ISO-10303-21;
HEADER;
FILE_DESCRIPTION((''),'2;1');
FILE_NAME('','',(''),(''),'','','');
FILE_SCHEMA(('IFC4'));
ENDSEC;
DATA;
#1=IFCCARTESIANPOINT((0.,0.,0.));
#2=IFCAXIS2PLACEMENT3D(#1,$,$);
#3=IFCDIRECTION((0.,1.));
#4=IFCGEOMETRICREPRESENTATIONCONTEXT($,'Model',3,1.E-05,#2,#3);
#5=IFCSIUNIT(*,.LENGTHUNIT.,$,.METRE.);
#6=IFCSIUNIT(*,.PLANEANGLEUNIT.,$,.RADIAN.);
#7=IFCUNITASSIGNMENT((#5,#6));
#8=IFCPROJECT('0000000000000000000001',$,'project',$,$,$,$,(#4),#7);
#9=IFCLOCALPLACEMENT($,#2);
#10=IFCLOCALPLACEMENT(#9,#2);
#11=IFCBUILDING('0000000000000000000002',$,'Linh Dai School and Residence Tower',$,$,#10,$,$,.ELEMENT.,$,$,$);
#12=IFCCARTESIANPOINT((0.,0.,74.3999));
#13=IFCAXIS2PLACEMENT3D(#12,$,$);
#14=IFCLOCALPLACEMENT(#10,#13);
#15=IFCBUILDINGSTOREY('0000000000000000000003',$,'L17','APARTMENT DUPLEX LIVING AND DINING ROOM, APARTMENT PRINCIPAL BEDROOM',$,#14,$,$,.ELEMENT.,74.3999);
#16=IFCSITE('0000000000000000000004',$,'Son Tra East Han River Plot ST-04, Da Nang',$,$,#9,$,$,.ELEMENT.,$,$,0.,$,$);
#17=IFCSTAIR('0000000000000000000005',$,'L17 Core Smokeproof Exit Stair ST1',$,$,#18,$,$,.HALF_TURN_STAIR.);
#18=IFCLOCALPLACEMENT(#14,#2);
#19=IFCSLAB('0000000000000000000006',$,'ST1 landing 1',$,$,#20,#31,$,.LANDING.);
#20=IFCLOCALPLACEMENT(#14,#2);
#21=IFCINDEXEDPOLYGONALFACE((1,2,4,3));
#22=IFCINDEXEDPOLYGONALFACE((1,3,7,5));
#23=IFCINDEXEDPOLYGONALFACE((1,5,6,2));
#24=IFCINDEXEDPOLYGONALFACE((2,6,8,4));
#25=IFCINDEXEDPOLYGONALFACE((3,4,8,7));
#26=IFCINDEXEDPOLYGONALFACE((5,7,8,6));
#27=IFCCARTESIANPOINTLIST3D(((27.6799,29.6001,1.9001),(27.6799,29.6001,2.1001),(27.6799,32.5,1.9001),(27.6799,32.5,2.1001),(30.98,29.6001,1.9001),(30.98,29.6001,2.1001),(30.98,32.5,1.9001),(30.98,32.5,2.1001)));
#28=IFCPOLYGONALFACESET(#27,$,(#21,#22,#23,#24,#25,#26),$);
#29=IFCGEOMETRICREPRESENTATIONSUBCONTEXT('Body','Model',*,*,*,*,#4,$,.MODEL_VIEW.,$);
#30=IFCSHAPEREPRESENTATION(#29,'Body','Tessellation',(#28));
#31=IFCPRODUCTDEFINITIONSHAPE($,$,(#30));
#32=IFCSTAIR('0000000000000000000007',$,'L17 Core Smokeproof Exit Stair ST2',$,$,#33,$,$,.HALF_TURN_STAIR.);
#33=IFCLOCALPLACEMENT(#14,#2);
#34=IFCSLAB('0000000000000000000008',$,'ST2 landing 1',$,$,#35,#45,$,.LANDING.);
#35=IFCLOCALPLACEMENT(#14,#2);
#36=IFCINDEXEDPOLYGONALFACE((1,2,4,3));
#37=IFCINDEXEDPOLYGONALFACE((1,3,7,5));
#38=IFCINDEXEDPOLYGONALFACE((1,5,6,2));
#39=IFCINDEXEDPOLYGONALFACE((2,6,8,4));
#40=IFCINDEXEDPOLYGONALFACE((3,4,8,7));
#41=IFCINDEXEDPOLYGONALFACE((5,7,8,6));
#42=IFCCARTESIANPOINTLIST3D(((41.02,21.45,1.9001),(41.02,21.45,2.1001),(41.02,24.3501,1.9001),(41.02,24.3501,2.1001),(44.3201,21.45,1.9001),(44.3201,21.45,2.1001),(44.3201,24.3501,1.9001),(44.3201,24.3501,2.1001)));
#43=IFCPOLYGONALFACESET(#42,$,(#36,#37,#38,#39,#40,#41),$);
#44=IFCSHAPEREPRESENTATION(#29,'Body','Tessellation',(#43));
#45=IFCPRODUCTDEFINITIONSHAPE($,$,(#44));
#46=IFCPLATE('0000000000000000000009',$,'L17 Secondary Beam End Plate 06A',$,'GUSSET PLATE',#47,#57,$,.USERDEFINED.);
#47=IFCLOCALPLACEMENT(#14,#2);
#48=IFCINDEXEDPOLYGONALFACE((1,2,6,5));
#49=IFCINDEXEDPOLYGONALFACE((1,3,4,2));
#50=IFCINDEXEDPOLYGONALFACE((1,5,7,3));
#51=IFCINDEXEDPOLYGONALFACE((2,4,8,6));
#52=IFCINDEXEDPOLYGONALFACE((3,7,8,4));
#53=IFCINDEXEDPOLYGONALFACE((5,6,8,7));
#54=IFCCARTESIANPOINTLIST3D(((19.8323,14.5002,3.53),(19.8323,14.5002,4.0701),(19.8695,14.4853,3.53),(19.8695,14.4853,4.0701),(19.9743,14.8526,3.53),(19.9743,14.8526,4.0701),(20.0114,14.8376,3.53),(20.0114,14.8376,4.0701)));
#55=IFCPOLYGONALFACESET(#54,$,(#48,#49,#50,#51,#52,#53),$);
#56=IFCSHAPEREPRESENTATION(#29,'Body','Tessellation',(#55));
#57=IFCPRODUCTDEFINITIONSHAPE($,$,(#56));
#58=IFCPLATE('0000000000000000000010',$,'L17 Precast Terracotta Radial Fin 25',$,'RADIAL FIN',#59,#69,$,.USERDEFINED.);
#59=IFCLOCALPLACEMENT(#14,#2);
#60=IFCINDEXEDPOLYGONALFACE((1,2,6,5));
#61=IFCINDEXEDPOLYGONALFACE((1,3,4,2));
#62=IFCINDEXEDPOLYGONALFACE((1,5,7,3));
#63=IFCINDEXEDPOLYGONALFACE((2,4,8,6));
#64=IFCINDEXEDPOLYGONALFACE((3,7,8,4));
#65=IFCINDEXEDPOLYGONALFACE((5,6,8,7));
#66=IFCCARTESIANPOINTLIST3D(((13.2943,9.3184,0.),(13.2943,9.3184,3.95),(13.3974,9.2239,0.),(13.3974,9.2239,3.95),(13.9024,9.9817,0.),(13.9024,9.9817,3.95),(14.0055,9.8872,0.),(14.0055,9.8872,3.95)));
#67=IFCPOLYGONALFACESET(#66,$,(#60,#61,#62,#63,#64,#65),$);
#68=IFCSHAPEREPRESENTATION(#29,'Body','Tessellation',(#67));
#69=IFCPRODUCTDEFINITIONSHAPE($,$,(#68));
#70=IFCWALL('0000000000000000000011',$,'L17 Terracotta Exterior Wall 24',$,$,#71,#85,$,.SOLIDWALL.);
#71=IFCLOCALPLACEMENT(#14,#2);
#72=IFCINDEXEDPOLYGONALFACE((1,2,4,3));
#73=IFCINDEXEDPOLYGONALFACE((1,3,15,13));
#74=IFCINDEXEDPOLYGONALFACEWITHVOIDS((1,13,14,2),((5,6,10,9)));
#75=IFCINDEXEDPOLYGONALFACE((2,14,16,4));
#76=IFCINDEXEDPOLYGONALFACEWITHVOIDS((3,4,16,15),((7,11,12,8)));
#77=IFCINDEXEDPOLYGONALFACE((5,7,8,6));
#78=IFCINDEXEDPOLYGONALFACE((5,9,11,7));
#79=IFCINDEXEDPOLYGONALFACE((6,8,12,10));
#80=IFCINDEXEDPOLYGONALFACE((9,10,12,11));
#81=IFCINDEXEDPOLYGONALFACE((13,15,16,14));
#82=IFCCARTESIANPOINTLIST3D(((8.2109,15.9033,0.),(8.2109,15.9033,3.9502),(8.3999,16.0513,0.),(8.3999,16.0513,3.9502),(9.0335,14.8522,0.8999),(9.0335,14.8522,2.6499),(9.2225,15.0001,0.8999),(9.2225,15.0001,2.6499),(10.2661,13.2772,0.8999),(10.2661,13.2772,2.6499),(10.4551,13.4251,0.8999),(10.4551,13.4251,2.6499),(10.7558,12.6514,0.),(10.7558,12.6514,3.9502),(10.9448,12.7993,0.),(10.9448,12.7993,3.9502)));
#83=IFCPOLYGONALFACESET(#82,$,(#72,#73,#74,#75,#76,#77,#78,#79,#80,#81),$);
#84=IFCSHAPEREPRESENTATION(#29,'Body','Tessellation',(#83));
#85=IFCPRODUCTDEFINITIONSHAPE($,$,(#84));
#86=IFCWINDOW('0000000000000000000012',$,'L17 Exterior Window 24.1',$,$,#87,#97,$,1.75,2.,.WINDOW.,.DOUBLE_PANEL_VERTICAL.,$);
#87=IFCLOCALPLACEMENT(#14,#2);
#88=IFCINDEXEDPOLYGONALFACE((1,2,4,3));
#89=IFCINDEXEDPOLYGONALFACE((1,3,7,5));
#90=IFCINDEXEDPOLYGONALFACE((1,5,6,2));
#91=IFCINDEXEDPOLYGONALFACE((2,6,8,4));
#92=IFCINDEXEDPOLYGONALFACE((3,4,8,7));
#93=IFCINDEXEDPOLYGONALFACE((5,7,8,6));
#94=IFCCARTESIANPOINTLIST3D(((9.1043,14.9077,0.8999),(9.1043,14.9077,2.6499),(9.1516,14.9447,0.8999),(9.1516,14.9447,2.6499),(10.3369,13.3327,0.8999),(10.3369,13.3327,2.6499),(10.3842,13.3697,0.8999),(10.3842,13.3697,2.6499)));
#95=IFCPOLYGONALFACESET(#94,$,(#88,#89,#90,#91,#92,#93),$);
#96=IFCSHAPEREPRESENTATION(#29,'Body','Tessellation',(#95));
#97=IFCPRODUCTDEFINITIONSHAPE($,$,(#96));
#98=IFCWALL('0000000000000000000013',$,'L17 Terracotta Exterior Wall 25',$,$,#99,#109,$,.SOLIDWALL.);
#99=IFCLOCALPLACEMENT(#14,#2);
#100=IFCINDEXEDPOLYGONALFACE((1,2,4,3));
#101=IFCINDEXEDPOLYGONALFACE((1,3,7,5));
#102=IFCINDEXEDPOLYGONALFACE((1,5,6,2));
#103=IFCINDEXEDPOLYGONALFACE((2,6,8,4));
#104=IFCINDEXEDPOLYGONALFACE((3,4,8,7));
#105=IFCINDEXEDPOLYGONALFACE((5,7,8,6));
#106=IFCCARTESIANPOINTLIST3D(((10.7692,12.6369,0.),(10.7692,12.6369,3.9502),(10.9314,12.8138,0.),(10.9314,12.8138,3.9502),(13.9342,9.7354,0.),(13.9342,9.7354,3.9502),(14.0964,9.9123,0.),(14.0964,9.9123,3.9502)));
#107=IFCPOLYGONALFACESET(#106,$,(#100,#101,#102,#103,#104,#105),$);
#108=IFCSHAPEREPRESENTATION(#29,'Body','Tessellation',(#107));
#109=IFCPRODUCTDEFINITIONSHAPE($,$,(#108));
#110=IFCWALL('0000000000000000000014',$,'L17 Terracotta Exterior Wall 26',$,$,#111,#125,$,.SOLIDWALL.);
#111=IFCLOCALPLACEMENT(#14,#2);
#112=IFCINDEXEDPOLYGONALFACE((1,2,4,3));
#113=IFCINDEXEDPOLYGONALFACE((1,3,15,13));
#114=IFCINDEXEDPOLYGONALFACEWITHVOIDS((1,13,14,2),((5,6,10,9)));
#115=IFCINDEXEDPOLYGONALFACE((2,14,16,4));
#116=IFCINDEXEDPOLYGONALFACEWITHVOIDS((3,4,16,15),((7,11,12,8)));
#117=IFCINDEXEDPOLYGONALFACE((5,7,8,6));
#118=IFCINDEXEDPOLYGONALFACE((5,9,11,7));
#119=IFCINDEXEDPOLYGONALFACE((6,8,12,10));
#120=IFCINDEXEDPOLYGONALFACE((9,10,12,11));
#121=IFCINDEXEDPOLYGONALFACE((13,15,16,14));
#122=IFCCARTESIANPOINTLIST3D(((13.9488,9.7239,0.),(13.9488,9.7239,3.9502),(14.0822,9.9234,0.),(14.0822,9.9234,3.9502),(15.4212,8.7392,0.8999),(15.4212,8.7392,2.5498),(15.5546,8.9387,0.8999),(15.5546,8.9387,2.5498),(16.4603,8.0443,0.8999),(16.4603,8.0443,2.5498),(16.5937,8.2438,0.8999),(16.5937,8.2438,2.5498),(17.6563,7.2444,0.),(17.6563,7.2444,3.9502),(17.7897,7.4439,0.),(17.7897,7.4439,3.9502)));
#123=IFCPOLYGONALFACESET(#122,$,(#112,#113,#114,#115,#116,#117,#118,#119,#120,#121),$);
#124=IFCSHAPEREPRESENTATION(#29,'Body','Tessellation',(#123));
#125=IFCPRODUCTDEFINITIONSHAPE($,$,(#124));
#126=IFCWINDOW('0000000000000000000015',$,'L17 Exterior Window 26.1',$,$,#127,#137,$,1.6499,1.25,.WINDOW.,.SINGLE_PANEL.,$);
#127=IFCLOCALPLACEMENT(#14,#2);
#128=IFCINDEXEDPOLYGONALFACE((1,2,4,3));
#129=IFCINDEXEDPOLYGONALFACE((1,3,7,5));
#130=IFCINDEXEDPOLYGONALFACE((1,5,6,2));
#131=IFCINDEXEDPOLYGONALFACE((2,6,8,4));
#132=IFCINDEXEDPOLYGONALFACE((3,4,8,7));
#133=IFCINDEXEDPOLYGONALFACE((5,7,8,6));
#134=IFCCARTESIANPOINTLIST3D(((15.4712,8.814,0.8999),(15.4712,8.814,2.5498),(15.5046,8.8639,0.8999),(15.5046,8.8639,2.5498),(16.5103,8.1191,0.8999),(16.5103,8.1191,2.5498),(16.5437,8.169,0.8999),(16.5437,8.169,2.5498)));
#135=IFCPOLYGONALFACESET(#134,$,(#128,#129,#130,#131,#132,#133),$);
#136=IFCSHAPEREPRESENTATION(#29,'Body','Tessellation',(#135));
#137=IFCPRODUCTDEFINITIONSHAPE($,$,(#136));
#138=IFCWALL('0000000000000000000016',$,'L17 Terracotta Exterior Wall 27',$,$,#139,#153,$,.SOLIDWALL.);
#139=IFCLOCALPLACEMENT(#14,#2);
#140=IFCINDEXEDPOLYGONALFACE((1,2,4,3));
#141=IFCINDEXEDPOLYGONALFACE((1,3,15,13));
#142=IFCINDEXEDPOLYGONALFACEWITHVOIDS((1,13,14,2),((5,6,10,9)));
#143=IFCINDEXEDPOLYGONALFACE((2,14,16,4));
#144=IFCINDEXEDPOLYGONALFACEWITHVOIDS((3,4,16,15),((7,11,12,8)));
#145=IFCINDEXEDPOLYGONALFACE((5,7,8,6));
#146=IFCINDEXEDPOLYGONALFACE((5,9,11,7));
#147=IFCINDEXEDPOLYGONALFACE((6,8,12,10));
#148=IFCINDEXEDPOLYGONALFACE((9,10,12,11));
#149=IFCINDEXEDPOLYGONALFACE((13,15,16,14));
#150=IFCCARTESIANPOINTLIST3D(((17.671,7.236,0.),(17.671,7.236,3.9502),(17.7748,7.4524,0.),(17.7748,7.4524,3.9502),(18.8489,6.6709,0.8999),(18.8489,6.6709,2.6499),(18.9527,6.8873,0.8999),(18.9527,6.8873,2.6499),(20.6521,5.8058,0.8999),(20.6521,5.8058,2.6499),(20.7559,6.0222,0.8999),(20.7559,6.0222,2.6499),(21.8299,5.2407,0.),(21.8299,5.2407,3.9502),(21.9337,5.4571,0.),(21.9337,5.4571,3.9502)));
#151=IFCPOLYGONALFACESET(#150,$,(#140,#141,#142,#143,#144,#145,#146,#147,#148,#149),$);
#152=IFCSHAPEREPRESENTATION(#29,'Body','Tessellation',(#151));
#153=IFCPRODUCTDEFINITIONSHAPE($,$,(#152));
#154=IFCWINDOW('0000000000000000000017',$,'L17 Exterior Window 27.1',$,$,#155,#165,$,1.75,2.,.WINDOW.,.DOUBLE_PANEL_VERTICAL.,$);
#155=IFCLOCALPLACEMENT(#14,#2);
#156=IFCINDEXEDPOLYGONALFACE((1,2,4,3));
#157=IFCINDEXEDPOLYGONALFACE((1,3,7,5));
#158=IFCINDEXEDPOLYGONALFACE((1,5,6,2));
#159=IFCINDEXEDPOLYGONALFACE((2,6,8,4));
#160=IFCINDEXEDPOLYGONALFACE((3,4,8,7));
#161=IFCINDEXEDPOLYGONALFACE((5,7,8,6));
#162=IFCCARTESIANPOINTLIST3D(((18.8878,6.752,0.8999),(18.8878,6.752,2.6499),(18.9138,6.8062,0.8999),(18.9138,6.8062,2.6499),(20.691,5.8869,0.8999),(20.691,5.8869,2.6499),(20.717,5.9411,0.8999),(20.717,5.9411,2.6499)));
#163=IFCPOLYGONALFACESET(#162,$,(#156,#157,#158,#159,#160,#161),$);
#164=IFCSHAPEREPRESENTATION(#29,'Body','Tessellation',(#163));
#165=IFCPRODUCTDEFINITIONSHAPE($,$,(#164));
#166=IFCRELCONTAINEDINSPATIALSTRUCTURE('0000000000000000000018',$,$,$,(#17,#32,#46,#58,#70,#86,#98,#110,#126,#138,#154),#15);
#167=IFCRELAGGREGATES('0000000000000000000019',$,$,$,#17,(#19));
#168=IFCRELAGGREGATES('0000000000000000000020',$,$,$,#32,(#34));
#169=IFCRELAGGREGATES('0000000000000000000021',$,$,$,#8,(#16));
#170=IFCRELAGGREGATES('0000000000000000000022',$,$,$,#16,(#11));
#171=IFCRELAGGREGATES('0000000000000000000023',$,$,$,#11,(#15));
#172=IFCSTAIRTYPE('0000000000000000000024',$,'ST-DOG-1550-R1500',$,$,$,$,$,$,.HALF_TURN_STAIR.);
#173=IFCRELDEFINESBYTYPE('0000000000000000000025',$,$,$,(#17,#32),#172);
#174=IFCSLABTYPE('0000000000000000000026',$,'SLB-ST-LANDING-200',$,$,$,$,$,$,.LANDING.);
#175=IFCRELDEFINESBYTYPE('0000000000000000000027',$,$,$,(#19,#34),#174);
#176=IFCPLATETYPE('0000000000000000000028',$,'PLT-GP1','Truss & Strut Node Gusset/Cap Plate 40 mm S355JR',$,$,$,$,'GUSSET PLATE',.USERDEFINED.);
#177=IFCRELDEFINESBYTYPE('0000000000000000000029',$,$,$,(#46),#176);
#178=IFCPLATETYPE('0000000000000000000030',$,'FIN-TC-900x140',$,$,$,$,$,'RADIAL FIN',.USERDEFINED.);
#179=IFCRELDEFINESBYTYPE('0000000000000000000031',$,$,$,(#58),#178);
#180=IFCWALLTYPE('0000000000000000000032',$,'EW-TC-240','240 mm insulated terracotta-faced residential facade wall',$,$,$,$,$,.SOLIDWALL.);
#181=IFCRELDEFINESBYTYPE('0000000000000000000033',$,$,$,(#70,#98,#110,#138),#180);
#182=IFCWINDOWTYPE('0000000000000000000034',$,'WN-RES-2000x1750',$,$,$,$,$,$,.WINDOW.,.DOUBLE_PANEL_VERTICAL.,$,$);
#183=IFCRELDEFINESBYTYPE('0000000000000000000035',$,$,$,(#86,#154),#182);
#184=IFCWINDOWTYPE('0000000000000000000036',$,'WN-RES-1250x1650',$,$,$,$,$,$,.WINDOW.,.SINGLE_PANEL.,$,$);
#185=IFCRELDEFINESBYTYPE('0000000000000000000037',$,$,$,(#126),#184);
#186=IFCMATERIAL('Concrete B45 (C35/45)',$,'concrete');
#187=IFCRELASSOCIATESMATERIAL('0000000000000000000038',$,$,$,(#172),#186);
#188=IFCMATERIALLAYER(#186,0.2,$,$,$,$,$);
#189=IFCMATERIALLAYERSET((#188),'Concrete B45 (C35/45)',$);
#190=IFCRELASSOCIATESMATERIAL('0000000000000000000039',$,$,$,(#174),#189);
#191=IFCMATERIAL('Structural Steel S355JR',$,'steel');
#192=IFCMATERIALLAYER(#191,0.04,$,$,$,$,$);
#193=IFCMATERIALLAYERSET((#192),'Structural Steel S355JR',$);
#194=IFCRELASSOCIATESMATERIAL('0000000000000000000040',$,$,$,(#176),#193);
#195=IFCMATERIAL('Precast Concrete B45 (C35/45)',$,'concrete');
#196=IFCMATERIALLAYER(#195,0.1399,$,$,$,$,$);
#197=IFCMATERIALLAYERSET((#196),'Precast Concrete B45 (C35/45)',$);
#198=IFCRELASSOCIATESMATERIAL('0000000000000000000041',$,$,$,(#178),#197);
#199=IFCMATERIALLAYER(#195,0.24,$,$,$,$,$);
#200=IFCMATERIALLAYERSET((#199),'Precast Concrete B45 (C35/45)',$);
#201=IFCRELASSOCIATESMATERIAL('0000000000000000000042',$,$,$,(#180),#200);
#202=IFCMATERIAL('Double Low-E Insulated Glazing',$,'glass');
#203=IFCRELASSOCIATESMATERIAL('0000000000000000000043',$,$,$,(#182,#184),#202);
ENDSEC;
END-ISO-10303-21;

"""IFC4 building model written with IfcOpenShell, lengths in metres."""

from ifc_helpers import new_model, si_unit, direction, frame, frame_2d, origin, origin_2d, place, context, subcontext, project, spatial, polyline, rectangle, outline, extrude, source, transform, mapped, material, layer, layer_set, type_object, element, fill, aggregate, save


model = new_model("IFC4")

# Units and contexts
model_context = context("Model", 3, precision=1e-05, world=origin(), true_north=direction((0.0, 1.0)))
body_context = subcontext(model_context, "Body", "Model", "MODEL_VIEW")
ifc_project = project(units=[si_unit("LENGTHUNIT", "METRE"), si_unit("PLANEANGLEUNIT", "RADIAN")], contexts=[model_context])

# Site, building, storey
site_placement = place(None, origin())
site = spatial("IfcSite", under=ifc_project, at=site_placement, Name="Son Tra East Han River Plot ST-04, Da Nang", CompositionType="ELEMENT", RefElevation=0.0)
building_placement = place(site_placement, origin())
building = spatial("IfcBuilding", under=site, at=building_placement, Name="Linh Dai School and Residence Tower", CompositionType="ELEMENT")
storey_placement = place(building_placement, frame((0.0, 0.0, 74.3999)))
storey = spatial("IfcBuildingStorey", under=building, at=storey_placement, Name="L17", Description="APARTMENT DUPLEX LIVING AND DINING ROOM, APARTMENT PRINCIPAL BEDROOM", CompositionType="ELEMENT", Elevation=74.3999)

# Shared definitions
ifc_material_1 = material(Name="Structural Steel S355JR", Category="steel")

# Shared definitions
ifc_material_2 = material(Name="Concrete B45 (C35/45)", Category="concrete")

# Stairs, slabs
stair_type = type_object("IfcStairType", Name="ST-DOG-1550-R1500", PredefinedType="HALF_TURN_STAIR", material=ifc_material_2)
stair_1_placement = place(storey_placement, origin())
stair_1 = element("IfcStair", 1, at=stair_1_placement, inside=storey, type_object=stair_type, Name="L17 Core Smokeproof Exit Stair ST1", PredefinedType="HALF_TURN_STAIR")
ifc_layer_1 = layer(ifc_material_2, 0.2)
ifc_layer_set_1 = layer_set([ifc_layer_1], Name="Concrete B45 (C35/45)")
slab_type_1 = type_object("IfcSlabType", Name="SLB-ST-LANDING-200", PredefinedType="LANDING", material=ifc_layer_set_1)
slab_1_placement = place(storey_placement, frame((0.0, 0.0, 1.9001)))
slab_1 = element("IfcSlab", 2, at=slab_1_placement, type_object=slab_type_1, Name="ST1 landing 1", PredefinedType="LANDING", context=body_context, shape_type="SweptSolid", body=[
    extrude(outline(polyline([(30.98, 29.6001), (30.98, 32.5), (27.6799, 32.5), (27.6799, 29.6001), (30.98, 29.6001)])), origin(), (0.0, 0.0, 1.0), 0.2),
])
aggregate(stair_1, [slab_1])
stair_2_placement = place(storey_placement, origin())
stair_2 = element("IfcStair", 3, at=stair_2_placement, inside=storey, type_object=stair_type, Name="L17 Core Smokeproof Exit Stair ST2", PredefinedType="HALF_TURN_STAIR")
slab_2_placement = place(storey_placement, frame((0.0, 0.0, 1.9001)))
slab_2 = element("IfcSlab", 4, at=slab_2_placement, type_object=slab_type_1, Name="ST2 landing 1", PredefinedType="LANDING", context=body_context, shape_type="SweptSolid", body=[
    extrude(outline(polyline([(41.02, 24.3501), (41.02, 21.45), (44.3201, 21.45), (44.3201, 24.3501), (41.02, 24.3501)])), origin(), (0.0, 0.0, 1.0), 0.2),
])
aggregate(stair_2, [slab_2])

# Plates
ifc_layer_2 = layer(ifc_material_1, 0.04)
ifc_layer_set_2 = layer_set([ifc_layer_2], Name="Structural Steel S355JR")
plate_type_1 = type_object("IfcPlateType", Name="PLT-GP1", Description="Truss & Strut Node Gusset/Cap Plate 40 mm S355JR", ElementType="GUSSET PLATE", PredefinedType="USERDEFINED", material=ifc_layer_set_2)
shared_shape_1 = source(origin(), body_context, "Body", "SweptSolid", [
    extrude(rectangle(XDim=0.04, YDim=0.3799, at=origin_2d()), origin(), (0.0, 0.0, 1.0), 0.54),
])
plate_1_placement = place(storey_placement, frame((19.9219, 14.6689, 3.53), z_axis=(0.0, 0.0, 1.0), x_axis=(0.927536, -0.373733, 0.0)))
element("IfcPlate", 5, at=plate_1_placement, inside=storey, type_object=plate_type_1, Name="L17 Secondary Beam End Plate 06A", ObjectType="GUSSET PLATE", PredefinedType="USERDEFINED", context=body_context, shape_type="MappedRepresentation", body=[
    mapped(shared_shape_1, transform((0.0, 0.0, 0.0), x_axis=(1.0, 0.0, 0.0), y_axis=(0.0, 1.0, 0.0), z_axis=(0.0, 0.0, 1.0), scale=1.0)),
])
ifc_material_3 = material(Name="Precast Concrete B45 (C35/45)", Category="concrete")
ifc_layer_3 = layer(ifc_material_3, 0.1399)
ifc_layer_set_3 = layer_set([ifc_layer_3], Name="Precast Concrete B45 (C35/45)")
plate_type_2 = type_object("IfcPlateType", Name="FIN-TC-900x140", ElementType="RADIAL FIN", PredefinedType="USERDEFINED", material=ifc_layer_set_3)
shared_shape_2 = source(origin(), body_context, "Body", "SweptSolid", [
    extrude(rectangle(XDim=0.8999, YDim=0.1399, at=origin_2d()), origin(), (0.0, 0.0, 1.0), 3.95),
])
plate_2_placement = place(storey_placement, frame((13.6499, 9.6028, 0.0), z_axis=(0.0, 0.0, 1.0), x_axis=(-0.675769, -0.737113, 0.0)))
element("IfcPlate", 6, at=plate_2_placement, inside=storey, type_object=plate_type_2, Name="L17 Precast Terracotta Radial Fin 25", ObjectType="RADIAL FIN", PredefinedType="USERDEFINED", context=body_context, shape_type="MappedRepresentation", body=[
    mapped(shared_shape_2, transform((0.0, 0.0, 0.0), x_axis=(1.0, 0.0, 0.0), y_axis=(0.0, 1.0, 0.0), z_axis=(0.0, 0.0, 1.0), scale=1.0)),
])

# Wall, opening, window
ifc_layer_4 = layer(ifc_material_3, 0.24)
ifc_layer_set_4 = layer_set([ifc_layer_4], Name="Precast Concrete B45 (C35/45)")
wall_type_1 = type_object("IfcWallType", Name="EW-TC-240", Description="240 mm insulated terracotta-faced residential facade wall", PredefinedType="SOLIDWALL", material=ifc_layer_set_4)
wall_1_placement = place(storey_placement, frame((10.8503, 12.7253, 0.0), z_axis=(0.0, 0.0, 1.0), x_axis=(-0.616296, 0.787515, 0.0)))
wall_1 = element("IfcWall", 7, at=wall_1_placement, inside=storey, type_object=wall_type_1, Name="L17 Terracotta Exterior Wall 24", PredefinedType="SOLIDWALL", context=body_context, shape_type="SweptSolid", body=[
    extrude(rectangle(XDim=4.1294, YDim=0.24, at=frame_2d((2.0647, 0.0))), origin(), (0.0, 0.0, 1.0), 3.9502),
])
opening_1_placement = place(wall_1_placement, frame((0.7947, 0.0, 0.8999)))
opening_1 = element("IfcOpeningElement", 8, at=opening_1_placement, cuts=wall_1, PredefinedType="OPENING", context=body_context, shape_type="SweptSolid", body=[
    extrude(rectangle(XDim=2.0, YDim=1.75, at=origin_2d()), frame((1.0, 0.1299, 0.875), z_axis=(0.0, -1.0, 0.0), x_axis=(1.0, 0.0, 0.0)), (0.0, 0.0, 1.0), 0.26),
])
ifc_material_4 = material(Name="Double Low-E Insulated Glazing", Category="glass")
window_type_1 = type_object("IfcWindowType", Name="WN-RES-2000x1750", PartitioningType="DOUBLE_PANEL_VERTICAL", PredefinedType="WINDOW", material=ifc_material_4)
shared_shape_3 = source(origin(), body_context, "Body", "SweptSolid", [
    extrude(rectangle(XDim=2.0, YDim=1.75, at=origin_2d()), frame((1.0, 0.03, 0.875), z_axis=(0.0, -1.0, 0.0), x_axis=(1.0, 0.0, 0.0)), (0.0, 0.0, 1.0), 0.0601),
])
window_1_placement = place(opening_1_placement, origin())
window_1 = element("IfcWindow", 9, at=window_1_placement, inside=storey, type_object=window_type_1, Name="L17 Exterior Window 24.1", OverallHeight=1.75, OverallWidth=2.0, PartitioningType="DOUBLE_PANEL_VERTICAL", PredefinedType="WINDOW", context=body_context, shape_type="MappedRepresentation", body=[
    mapped(shared_shape_3, transform((0.0, 0.0, 0.0), x_axis=(1.0, 0.0, 0.0), y_axis=(0.0, 1.0, 0.0), z_axis=(0.0, 0.0, 1.0), scale=1.0)),
])
fill(opening_1, window_1)

# Wall
wall_2_placement = place(storey_placement, frame((14.0154, 9.8237, 0.0), z_axis=(0.0, 0.0, 1.0), x_axis=(-0.737116, 0.675766, 0.0)))
element("IfcWall", 10, at=wall_2_placement, inside=storey, type_object=wall_type_1, Name="L17 Terracotta Exterior Wall 25", PredefinedType="SOLIDWALL", context=body_context, shape_type="SweptSolid", body=[
    extrude(rectangle(XDim=4.2937, YDim=0.24, at=frame_2d((2.147, 0.0))), origin(), (0.0, 0.0, 1.0), 3.9502),
])

# Walls, openings, windows
wall_3_placement = place(storey_placement, frame((17.7229, 7.3442, 0.0), z_axis=(0.0, 0.0, 1.0), x_axis=(-0.831241, 0.555912, 0.0)))
wall_3 = element("IfcWall", 11, at=wall_3_placement, inside=storey, type_object=wall_type_1, Name="L17 Terracotta Exterior Wall 26", PredefinedType="SOLIDWALL", context=body_context, shape_type="SweptSolid", body=[
    extrude(rectangle(XDim=4.4602, YDim=0.24, at=frame_2d((2.23, 0.0))), origin(), (0.0, 0.0, 1.0), 3.9502),
])
opening_2_placement = place(wall_3_placement, frame((1.4387, 0.0, 0.8999)))
opening_2 = element("IfcOpeningElement", 12, at=opening_2_placement, cuts=wall_3, PredefinedType="OPENING", context=body_context, shape_type="SweptSolid", body=[
    extrude(rectangle(XDim=1.25, YDim=1.6499, at=origin_2d()), frame((0.625, 0.1299, 0.825), z_axis=(0.0, -1.0, 0.0), x_axis=(1.0, 0.0, 0.0)), (0.0, 0.0, 1.0), 0.26),
])
window_type_2 = type_object("IfcWindowType", Name="WN-RES-1250x1650", PartitioningType="SINGLE_PANEL", PredefinedType="WINDOW", material=ifc_material_4)
shared_shape_4 = source(origin(), body_context, "Body", "SweptSolid", [
    extrude(rectangle(XDim=1.25, YDim=1.6499, at=origin_2d()), frame((0.625, 0.03, 0.825), z_axis=(0.0, -1.0, 0.0), x_axis=(1.0, 0.0, 0.0)), (0.0, 0.0, 1.0), 0.0601),
])
window_2_placement = place(opening_2_placement, origin())
window_2 = element("IfcWindow", 13, at=window_2_placement, inside=storey, type_object=window_type_2, Name="L17 Exterior Window 26.1", OverallHeight=1.6499, OverallWidth=1.25, PartitioningType="SINGLE_PANEL", PredefinedType="WINDOW", context=body_context, shape_type="MappedRepresentation", body=[
    mapped(shared_shape_4, transform((0.0, 0.0, 0.0), x_axis=(1.0, 0.0, 0.0), y_axis=(0.0, 1.0, 0.0), z_axis=(0.0, 0.0, 1.0), scale=1.0)),
])
fill(opening_2, window_2)
wall_4_placement = place(storey_placement, frame((21.8818, 5.3489, 0.0), z_axis=(0.0, 0.0, 1.0), x_axis=(-0.901602, 0.432568, 0.0)))
wall_4 = element("IfcWall", 14, at=wall_4_placement, inside=storey, type_object=wall_type_1, Name="L17 Terracotta Exterior Wall 27", PredefinedType="SOLIDWALL", context=body_context, shape_type="SweptSolid", body=[
    extrude(rectangle(XDim=4.6128, YDim=0.24, at=frame_2d((2.3064, 0.0))), origin(), (0.0, 0.0, 1.0), 3.9502),
])
opening_3_placement = place(wall_4_placement, frame((1.3064, 0.0, 0.8999)))
opening_3 = element("IfcOpeningElement", 15, at=opening_3_placement, cuts=wall_4, PredefinedType="OPENING", context=body_context, shape_type="SweptSolid", body=[
    extrude(rectangle(XDim=2.0, YDim=1.75, at=origin_2d()), frame((1.0, 0.1299, 0.875), z_axis=(0.0, -1.0, 0.0), x_axis=(1.0, 0.0, 0.0)), (0.0, 0.0, 1.0), 0.26),
])
window_3_placement = place(opening_3_placement, origin())
window_3 = element("IfcWindow", 16, at=window_3_placement, inside=storey, type_object=window_type_1, Name="L17 Exterior Window 27.1", OverallHeight=1.75, OverallWidth=2.0, PartitioningType="DOUBLE_PANEL_VERTICAL", PredefinedType="WINDOW", context=body_context, shape_type="MappedRepresentation", body=[
    mapped(shared_shape_3, transform((0.0, 0.0, 0.0), x_axis=(1.0, 0.0, 0.0), y_axis=(0.0, 1.0, 0.0), z_axis=(0.0, 0.0, 1.0), scale=1.0)),
])
fill(opening_3, window_3)

save(model, "model.ifc")
